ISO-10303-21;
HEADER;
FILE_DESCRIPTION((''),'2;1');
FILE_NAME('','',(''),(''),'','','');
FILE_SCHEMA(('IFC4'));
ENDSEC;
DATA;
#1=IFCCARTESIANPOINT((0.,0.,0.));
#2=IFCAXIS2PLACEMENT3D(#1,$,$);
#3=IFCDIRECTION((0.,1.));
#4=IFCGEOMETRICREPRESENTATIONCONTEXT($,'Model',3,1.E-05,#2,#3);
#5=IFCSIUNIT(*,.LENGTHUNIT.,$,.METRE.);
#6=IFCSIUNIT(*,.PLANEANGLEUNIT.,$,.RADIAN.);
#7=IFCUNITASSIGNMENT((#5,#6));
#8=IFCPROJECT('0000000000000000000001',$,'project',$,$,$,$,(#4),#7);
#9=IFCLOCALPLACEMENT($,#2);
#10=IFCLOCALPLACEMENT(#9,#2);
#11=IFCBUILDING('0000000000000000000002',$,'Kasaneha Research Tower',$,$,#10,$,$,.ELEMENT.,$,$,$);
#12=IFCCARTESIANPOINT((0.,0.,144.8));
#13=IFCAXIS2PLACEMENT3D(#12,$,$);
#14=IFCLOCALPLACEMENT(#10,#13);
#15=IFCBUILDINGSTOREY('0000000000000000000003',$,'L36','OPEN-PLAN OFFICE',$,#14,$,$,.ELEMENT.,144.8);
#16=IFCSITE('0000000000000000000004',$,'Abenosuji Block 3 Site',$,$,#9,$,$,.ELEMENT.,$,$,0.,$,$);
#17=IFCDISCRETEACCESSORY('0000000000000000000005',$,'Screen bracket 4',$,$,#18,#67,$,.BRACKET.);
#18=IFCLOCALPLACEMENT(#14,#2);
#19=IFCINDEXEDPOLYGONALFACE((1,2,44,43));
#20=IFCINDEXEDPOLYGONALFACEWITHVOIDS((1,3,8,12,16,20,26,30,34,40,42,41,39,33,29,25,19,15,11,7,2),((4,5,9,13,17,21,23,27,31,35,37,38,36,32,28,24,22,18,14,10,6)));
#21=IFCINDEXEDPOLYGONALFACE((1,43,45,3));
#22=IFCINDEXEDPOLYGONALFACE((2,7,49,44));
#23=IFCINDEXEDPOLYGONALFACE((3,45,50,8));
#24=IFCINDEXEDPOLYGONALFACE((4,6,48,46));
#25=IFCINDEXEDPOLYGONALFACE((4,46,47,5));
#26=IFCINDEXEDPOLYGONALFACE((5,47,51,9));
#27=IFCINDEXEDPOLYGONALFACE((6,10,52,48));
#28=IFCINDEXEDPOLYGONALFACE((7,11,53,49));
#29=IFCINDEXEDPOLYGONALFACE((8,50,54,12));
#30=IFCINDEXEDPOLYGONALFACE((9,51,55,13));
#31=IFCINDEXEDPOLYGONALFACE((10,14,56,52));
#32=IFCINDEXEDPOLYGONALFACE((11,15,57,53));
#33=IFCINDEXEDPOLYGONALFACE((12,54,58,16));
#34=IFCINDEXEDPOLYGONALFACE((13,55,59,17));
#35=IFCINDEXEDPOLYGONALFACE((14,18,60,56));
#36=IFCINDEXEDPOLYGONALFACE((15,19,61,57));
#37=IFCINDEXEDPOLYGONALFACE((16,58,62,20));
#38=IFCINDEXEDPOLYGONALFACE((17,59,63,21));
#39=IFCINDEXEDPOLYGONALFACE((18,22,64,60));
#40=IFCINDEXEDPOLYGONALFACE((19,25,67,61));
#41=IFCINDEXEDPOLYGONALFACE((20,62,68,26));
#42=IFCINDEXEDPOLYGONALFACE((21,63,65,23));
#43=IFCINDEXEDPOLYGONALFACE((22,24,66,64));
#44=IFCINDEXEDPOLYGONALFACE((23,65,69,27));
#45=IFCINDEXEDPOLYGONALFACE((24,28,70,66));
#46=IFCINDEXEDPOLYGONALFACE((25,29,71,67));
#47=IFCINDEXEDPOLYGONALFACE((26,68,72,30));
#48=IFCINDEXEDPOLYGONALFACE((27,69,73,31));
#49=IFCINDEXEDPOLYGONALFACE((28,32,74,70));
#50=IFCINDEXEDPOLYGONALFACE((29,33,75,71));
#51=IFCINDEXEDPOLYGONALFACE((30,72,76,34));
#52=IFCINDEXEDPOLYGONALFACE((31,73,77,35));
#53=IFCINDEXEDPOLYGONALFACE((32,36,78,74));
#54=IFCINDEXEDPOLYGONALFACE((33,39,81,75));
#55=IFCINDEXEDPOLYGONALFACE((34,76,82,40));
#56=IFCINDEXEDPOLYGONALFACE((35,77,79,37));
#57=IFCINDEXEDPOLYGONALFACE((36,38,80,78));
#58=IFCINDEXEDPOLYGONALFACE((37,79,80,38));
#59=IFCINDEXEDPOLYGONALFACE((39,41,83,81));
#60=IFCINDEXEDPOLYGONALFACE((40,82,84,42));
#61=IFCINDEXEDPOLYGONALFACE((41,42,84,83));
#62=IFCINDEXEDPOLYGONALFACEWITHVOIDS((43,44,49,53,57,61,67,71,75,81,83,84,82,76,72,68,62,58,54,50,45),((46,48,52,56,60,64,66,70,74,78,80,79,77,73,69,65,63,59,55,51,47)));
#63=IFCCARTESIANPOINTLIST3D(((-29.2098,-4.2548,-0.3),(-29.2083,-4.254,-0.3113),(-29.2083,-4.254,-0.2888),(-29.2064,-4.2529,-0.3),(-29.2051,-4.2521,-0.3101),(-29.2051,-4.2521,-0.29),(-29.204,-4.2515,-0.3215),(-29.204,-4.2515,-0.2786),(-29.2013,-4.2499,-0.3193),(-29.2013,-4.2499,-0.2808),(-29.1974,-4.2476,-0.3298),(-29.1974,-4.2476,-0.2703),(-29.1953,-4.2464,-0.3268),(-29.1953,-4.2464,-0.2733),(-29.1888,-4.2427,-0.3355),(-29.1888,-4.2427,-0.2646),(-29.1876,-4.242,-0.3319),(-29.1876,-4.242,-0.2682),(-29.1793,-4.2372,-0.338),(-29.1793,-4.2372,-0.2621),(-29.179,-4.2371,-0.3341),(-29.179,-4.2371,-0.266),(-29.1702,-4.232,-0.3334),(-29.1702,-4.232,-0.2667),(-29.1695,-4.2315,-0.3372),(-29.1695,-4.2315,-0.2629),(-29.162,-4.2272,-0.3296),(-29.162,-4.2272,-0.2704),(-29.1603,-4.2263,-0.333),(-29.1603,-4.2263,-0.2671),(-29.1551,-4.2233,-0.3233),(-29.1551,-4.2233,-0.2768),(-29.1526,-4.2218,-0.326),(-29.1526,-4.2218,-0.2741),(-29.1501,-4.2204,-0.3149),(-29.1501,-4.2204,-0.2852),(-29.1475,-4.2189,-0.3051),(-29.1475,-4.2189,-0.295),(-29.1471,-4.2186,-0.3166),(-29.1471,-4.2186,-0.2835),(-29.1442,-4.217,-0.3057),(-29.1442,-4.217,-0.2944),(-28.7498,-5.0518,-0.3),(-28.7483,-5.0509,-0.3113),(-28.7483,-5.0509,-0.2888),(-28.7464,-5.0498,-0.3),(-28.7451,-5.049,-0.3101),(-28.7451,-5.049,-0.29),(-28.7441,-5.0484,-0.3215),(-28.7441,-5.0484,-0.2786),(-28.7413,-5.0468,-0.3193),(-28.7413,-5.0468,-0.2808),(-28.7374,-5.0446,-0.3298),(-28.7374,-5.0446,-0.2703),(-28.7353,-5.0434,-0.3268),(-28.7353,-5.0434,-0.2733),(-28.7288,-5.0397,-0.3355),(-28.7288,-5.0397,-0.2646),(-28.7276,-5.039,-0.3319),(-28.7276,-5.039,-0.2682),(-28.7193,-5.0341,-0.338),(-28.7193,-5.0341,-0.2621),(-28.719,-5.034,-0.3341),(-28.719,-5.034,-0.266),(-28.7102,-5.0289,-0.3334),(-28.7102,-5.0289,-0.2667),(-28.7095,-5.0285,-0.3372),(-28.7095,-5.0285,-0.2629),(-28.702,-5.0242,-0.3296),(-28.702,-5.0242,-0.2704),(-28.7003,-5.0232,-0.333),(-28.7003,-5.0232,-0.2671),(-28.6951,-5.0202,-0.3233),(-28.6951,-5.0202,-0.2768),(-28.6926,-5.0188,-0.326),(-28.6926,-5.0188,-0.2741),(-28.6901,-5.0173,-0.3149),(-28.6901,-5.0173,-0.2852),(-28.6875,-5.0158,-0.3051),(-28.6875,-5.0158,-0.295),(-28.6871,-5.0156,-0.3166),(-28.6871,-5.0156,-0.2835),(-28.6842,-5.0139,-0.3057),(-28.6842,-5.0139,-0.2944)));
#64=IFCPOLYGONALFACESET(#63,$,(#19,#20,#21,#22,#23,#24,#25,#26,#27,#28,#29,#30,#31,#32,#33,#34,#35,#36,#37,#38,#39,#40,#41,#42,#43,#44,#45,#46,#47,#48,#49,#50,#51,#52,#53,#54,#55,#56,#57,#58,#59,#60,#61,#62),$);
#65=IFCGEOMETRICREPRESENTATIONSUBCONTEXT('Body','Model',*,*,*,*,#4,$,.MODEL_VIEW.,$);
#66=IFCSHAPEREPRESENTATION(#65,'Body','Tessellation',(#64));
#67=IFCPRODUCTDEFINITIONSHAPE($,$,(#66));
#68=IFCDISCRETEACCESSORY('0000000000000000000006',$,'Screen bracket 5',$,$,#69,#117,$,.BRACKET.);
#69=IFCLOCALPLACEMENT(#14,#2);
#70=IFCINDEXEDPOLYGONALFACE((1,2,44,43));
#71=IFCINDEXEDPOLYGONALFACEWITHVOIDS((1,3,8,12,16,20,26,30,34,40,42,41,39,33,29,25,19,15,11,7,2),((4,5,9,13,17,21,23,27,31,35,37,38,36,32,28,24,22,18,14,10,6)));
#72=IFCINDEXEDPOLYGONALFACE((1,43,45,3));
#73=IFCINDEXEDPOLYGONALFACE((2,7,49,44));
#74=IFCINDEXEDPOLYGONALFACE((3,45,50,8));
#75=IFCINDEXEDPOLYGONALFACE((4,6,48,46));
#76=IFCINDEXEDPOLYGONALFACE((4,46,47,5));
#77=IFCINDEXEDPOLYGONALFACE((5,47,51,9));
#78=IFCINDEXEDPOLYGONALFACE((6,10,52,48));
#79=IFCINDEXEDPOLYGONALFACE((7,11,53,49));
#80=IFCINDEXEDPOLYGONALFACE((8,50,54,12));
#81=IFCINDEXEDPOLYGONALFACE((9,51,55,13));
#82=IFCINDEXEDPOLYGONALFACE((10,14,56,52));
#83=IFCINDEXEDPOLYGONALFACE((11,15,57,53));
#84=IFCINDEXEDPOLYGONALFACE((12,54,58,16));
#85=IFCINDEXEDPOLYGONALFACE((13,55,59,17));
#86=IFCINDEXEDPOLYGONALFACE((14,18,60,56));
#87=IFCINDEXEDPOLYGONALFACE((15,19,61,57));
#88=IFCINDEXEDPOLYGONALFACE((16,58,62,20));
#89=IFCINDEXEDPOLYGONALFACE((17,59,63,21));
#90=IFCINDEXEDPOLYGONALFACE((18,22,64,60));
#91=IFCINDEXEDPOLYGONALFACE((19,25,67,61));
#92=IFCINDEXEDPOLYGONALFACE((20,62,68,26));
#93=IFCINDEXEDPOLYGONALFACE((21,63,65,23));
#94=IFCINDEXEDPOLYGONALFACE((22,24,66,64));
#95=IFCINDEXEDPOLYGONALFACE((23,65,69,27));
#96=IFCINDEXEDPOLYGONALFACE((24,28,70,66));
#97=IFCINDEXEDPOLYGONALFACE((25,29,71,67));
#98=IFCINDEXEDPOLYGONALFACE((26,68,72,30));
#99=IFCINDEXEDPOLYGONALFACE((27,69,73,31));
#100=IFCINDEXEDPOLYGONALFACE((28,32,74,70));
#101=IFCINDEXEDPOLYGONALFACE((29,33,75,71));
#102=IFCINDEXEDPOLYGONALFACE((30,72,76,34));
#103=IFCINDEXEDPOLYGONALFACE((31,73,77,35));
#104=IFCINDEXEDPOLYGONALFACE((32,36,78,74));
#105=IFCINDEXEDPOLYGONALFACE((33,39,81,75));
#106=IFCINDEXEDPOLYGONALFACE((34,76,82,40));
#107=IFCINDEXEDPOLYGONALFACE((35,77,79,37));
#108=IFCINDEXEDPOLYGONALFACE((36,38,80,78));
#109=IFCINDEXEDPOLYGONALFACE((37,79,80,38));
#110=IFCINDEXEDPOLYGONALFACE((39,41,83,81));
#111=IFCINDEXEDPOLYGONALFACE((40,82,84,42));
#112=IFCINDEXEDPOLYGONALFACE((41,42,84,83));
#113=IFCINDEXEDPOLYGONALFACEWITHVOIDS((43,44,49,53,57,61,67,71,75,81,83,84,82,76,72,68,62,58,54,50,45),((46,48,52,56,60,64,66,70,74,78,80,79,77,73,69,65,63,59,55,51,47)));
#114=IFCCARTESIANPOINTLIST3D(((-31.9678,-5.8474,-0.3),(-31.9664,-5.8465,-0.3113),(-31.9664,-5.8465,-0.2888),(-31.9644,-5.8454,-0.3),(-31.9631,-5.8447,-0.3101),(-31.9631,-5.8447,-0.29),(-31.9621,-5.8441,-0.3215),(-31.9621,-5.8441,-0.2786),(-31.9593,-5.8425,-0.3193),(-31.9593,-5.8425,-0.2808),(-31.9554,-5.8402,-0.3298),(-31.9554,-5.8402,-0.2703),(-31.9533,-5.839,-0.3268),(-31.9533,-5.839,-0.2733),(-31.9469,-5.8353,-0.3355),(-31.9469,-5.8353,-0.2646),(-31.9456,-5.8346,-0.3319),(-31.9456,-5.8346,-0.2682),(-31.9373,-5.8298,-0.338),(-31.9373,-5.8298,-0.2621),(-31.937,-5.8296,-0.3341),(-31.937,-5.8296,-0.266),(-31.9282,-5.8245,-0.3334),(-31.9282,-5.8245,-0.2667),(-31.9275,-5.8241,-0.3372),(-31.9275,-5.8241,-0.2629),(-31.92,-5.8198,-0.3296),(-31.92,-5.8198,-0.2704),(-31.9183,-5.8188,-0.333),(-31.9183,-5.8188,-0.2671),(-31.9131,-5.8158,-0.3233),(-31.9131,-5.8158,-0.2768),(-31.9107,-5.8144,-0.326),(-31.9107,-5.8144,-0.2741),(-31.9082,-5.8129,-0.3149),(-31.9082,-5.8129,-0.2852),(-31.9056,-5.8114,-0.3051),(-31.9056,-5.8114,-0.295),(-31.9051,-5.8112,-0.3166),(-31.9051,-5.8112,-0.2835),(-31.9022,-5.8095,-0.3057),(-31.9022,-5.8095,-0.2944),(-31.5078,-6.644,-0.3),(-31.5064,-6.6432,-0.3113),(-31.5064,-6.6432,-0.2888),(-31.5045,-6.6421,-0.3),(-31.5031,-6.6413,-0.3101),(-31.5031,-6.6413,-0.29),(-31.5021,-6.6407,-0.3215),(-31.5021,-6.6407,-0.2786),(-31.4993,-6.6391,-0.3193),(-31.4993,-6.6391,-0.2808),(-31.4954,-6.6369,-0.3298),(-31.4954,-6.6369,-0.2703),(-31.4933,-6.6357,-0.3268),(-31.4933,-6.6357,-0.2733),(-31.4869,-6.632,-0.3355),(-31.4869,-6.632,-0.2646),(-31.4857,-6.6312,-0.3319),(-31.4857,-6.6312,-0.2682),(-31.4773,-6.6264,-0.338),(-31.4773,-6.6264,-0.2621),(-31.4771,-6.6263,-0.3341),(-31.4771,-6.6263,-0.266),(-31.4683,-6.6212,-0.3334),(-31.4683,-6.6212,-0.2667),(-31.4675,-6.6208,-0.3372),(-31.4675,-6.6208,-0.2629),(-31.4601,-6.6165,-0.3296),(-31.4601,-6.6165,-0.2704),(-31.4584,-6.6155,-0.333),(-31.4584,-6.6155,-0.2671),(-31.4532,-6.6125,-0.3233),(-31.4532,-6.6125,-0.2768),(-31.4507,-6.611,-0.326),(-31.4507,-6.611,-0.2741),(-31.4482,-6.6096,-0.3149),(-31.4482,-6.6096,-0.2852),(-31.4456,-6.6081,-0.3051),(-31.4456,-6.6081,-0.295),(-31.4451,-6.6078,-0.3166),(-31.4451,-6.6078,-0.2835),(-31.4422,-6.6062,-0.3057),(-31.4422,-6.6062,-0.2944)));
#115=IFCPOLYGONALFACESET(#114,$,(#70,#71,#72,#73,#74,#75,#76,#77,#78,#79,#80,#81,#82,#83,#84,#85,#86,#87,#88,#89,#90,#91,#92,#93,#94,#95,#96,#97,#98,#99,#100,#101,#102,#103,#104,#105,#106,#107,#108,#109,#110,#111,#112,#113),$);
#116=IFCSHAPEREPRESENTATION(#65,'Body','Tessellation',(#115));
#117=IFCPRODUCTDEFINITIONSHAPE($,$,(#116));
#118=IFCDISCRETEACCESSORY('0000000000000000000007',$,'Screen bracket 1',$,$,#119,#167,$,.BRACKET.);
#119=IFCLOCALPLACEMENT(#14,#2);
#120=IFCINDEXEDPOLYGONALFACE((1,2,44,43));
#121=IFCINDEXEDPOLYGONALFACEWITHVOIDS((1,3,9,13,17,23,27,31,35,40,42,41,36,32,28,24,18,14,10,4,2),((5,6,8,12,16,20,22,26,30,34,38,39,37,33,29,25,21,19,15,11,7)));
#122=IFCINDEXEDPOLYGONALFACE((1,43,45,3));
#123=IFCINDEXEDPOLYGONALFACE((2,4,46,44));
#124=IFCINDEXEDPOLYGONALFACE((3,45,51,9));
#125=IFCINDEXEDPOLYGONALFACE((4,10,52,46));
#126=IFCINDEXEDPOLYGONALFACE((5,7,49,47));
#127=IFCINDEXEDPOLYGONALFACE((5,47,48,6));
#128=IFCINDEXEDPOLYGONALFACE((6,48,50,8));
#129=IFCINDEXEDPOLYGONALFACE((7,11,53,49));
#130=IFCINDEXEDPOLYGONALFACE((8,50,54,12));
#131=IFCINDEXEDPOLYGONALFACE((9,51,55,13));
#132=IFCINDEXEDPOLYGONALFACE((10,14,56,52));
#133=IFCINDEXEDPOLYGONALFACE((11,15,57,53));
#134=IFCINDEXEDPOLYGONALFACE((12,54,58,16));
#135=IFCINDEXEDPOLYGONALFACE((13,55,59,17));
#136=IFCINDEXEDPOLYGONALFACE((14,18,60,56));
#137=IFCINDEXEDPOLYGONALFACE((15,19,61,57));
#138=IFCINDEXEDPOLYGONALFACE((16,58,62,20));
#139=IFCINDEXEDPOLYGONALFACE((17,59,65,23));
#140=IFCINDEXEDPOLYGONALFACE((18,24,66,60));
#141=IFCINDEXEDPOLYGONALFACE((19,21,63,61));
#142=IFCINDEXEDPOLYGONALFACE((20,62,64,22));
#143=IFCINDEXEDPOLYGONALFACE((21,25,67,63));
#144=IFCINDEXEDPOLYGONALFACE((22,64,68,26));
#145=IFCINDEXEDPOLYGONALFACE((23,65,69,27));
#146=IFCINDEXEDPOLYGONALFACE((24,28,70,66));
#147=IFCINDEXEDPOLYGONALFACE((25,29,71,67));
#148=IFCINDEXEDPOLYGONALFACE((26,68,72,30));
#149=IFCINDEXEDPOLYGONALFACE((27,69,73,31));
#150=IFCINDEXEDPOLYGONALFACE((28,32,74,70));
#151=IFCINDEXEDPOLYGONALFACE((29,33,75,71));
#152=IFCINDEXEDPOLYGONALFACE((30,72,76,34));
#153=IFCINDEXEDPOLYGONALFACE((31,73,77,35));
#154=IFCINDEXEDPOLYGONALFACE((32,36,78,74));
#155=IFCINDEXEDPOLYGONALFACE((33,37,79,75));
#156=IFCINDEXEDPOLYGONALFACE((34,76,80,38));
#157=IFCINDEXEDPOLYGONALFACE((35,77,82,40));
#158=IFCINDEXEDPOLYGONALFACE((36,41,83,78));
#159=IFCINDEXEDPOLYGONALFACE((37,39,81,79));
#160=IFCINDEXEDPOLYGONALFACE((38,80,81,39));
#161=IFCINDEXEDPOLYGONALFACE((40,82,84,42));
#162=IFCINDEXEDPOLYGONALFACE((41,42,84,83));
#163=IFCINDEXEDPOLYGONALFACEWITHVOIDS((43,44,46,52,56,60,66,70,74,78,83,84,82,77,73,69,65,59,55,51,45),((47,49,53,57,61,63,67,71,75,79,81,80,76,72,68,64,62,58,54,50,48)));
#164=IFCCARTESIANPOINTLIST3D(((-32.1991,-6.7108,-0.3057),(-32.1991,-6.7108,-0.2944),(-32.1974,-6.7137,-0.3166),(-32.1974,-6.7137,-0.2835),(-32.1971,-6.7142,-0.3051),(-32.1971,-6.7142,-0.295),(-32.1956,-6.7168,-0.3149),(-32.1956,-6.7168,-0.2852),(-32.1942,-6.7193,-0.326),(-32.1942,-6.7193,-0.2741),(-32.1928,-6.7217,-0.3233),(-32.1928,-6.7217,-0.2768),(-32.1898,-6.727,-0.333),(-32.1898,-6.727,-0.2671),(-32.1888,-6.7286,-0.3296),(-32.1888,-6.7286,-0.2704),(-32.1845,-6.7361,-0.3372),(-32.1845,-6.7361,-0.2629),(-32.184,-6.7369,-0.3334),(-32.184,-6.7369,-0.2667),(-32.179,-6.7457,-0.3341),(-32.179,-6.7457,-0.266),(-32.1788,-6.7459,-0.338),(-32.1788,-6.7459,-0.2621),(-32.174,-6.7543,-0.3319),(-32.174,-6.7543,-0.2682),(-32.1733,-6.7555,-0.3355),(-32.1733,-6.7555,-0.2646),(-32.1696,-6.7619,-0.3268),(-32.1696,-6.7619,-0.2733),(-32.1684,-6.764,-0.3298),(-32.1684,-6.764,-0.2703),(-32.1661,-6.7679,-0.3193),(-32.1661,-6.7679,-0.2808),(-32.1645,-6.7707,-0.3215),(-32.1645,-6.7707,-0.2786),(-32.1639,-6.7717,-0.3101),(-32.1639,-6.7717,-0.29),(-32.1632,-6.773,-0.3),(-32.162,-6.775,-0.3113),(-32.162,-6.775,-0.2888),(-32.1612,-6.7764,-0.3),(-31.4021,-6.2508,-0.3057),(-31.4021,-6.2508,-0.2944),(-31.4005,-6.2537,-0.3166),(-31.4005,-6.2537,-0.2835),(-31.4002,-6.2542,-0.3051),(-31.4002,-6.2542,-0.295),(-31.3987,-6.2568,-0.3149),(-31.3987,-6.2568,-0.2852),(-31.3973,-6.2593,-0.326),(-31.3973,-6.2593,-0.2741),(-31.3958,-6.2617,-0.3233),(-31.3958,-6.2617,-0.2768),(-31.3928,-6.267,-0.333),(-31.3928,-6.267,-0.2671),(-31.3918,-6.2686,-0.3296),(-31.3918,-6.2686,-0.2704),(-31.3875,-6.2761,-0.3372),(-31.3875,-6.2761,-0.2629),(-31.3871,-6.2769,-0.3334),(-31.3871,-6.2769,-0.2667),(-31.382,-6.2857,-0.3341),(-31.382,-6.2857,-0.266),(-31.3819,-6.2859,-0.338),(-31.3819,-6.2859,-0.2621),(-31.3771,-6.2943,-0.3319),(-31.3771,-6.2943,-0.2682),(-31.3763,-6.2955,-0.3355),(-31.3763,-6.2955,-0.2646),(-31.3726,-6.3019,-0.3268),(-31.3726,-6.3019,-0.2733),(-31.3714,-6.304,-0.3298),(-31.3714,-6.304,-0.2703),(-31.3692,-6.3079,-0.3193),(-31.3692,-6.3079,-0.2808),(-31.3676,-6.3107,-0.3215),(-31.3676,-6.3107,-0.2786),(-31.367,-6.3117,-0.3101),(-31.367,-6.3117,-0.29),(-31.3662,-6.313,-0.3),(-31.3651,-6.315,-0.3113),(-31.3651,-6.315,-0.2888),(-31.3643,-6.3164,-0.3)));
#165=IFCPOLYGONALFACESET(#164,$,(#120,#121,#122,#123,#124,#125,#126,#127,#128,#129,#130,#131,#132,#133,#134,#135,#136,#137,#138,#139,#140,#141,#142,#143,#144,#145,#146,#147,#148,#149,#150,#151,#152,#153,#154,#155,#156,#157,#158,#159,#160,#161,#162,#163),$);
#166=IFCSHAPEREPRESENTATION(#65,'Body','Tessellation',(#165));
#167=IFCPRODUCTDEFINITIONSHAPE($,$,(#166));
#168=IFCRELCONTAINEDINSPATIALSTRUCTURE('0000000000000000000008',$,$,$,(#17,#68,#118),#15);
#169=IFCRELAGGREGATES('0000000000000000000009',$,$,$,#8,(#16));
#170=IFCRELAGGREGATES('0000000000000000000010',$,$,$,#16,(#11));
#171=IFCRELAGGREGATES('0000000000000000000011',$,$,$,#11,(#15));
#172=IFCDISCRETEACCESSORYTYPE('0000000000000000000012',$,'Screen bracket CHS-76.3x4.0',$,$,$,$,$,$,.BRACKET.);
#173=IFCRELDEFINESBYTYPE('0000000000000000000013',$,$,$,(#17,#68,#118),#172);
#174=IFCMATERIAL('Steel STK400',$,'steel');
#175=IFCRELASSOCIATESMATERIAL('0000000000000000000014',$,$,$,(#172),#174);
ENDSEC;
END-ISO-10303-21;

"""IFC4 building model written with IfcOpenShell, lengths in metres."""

from ifc_helpers import new_model, si_unit, direction, frame, origin, origin_2d, place, context, subcontext, project, spatial, hollow_circle, extrude, material, material_profile, profile_set, type_object, element, save


model = new_model("IFC4")

# Units and contexts
model_context = context("Model", 3, precision=1e-05, world=origin(), true_north=direction((0.0, 1.0)))
body_context = subcontext(model_context, "Body", "Model", "MODEL_VIEW")
ifc_project = project(units=[si_unit("LENGTHUNIT", "METRE"), si_unit("PLANEANGLEUNIT", "RADIAN")], contexts=[model_context])

# Site, building, storey
site_placement = place(None, origin())
site = spatial("IfcSite", under=ifc_project, at=site_placement, Name="Abenosuji Block 3 Site", CompositionType="ELEMENT", RefElevation=0.0)
building_placement = place(site_placement, origin())
building = spatial("IfcBuilding", under=site, at=building_placement, Name="Kasaneha Research Tower", CompositionType="ELEMENT")
storey_placement = place(building_placement, frame((0.0, 0.0, 144.8)))
storey = spatial("IfcBuildingStorey", under=building, at=storey_placement, Name="L36", Description="OPEN-PLAN OFFICE", CompositionType="ELEMENT", Elevation=144.8)

# Discrete accessories
ifc_material_1 = material(Name="Steel STK400", Category="steel")
ifc_material_profile_1 = material_profile(ifc_material_1, hollow_circle(Radius=0.0381, WallThickness=0.0039, at=origin_2d()), Name="CHS-76.3x4.0")
ifc_profile_set_1 = profile_set([ifc_material_profile_1], Name="Steel STK400")
discrete_accessory_type = type_object("IfcDiscreteAccessoryType", Name="Screen bracket CHS-76.3x4.0", PredefinedType="BRACKET", material=ifc_profile_set_1)
discrete_accessory_1_placement = place(storey_placement, frame((-28.7168, -5.0327, -0.3), z_axis=(-0.499906, 0.86608, 0.0), x_axis=(-0.86608, -0.499906, 0.0)))
element("IfcDiscreteAccessory", 1, at=discrete_accessory_1_placement, inside=storey, type_object=discrete_accessory_type, Name="Screen bracket 4", PredefinedType="BRACKET", context=body_context, shape_type="SweptSolid", body=[
    extrude(hollow_circle(Radius=0.0381, WallThickness=0.0039, at=origin_2d()), origin(), (0.0, 0.0, 1.0), 0.9202),
])
discrete_accessory_2_placement = place(storey_placement, frame((-31.4749, -6.625, -0.3), z_axis=(-0.500021, 0.866013, 0.0), x_axis=(-0.866013, -0.500021, 0.0)))
element("IfcDiscreteAccessory", 2, at=discrete_accessory_2_placement, inside=storey, type_object=discrete_accessory_type, Name="Screen bracket 5", PredefinedType="BRACKET", context=body_context, shape_type="SweptSolid", body=[
    extrude(hollow_circle(Radius=0.0381, WallThickness=0.0039, at=origin_2d()), origin(), (0.0, 0.0, 1.0), 0.9199),
])
discrete_accessory_3_placement = place(storey_placement, frame((-31.3833, -6.2834, -0.3), z_axis=(-0.86608, -0.499906, 0.0), x_axis=(0.499906, -0.86608, 0.0)))
element("IfcDiscreteAccessory", 3, at=discrete_accessory_3_placement, inside=storey, type_object=discrete_accessory_type, Name="Screen bracket 1", PredefinedType="BRACKET", context=body_context, shape_type="SweptSolid", body=[
    extrude(hollow_circle(Radius=0.0381, WallThickness=0.0039, at=origin_2d()), origin(), (0.0, 0.0, 1.0), 0.9202),
])

save(model, "model.ifc")
